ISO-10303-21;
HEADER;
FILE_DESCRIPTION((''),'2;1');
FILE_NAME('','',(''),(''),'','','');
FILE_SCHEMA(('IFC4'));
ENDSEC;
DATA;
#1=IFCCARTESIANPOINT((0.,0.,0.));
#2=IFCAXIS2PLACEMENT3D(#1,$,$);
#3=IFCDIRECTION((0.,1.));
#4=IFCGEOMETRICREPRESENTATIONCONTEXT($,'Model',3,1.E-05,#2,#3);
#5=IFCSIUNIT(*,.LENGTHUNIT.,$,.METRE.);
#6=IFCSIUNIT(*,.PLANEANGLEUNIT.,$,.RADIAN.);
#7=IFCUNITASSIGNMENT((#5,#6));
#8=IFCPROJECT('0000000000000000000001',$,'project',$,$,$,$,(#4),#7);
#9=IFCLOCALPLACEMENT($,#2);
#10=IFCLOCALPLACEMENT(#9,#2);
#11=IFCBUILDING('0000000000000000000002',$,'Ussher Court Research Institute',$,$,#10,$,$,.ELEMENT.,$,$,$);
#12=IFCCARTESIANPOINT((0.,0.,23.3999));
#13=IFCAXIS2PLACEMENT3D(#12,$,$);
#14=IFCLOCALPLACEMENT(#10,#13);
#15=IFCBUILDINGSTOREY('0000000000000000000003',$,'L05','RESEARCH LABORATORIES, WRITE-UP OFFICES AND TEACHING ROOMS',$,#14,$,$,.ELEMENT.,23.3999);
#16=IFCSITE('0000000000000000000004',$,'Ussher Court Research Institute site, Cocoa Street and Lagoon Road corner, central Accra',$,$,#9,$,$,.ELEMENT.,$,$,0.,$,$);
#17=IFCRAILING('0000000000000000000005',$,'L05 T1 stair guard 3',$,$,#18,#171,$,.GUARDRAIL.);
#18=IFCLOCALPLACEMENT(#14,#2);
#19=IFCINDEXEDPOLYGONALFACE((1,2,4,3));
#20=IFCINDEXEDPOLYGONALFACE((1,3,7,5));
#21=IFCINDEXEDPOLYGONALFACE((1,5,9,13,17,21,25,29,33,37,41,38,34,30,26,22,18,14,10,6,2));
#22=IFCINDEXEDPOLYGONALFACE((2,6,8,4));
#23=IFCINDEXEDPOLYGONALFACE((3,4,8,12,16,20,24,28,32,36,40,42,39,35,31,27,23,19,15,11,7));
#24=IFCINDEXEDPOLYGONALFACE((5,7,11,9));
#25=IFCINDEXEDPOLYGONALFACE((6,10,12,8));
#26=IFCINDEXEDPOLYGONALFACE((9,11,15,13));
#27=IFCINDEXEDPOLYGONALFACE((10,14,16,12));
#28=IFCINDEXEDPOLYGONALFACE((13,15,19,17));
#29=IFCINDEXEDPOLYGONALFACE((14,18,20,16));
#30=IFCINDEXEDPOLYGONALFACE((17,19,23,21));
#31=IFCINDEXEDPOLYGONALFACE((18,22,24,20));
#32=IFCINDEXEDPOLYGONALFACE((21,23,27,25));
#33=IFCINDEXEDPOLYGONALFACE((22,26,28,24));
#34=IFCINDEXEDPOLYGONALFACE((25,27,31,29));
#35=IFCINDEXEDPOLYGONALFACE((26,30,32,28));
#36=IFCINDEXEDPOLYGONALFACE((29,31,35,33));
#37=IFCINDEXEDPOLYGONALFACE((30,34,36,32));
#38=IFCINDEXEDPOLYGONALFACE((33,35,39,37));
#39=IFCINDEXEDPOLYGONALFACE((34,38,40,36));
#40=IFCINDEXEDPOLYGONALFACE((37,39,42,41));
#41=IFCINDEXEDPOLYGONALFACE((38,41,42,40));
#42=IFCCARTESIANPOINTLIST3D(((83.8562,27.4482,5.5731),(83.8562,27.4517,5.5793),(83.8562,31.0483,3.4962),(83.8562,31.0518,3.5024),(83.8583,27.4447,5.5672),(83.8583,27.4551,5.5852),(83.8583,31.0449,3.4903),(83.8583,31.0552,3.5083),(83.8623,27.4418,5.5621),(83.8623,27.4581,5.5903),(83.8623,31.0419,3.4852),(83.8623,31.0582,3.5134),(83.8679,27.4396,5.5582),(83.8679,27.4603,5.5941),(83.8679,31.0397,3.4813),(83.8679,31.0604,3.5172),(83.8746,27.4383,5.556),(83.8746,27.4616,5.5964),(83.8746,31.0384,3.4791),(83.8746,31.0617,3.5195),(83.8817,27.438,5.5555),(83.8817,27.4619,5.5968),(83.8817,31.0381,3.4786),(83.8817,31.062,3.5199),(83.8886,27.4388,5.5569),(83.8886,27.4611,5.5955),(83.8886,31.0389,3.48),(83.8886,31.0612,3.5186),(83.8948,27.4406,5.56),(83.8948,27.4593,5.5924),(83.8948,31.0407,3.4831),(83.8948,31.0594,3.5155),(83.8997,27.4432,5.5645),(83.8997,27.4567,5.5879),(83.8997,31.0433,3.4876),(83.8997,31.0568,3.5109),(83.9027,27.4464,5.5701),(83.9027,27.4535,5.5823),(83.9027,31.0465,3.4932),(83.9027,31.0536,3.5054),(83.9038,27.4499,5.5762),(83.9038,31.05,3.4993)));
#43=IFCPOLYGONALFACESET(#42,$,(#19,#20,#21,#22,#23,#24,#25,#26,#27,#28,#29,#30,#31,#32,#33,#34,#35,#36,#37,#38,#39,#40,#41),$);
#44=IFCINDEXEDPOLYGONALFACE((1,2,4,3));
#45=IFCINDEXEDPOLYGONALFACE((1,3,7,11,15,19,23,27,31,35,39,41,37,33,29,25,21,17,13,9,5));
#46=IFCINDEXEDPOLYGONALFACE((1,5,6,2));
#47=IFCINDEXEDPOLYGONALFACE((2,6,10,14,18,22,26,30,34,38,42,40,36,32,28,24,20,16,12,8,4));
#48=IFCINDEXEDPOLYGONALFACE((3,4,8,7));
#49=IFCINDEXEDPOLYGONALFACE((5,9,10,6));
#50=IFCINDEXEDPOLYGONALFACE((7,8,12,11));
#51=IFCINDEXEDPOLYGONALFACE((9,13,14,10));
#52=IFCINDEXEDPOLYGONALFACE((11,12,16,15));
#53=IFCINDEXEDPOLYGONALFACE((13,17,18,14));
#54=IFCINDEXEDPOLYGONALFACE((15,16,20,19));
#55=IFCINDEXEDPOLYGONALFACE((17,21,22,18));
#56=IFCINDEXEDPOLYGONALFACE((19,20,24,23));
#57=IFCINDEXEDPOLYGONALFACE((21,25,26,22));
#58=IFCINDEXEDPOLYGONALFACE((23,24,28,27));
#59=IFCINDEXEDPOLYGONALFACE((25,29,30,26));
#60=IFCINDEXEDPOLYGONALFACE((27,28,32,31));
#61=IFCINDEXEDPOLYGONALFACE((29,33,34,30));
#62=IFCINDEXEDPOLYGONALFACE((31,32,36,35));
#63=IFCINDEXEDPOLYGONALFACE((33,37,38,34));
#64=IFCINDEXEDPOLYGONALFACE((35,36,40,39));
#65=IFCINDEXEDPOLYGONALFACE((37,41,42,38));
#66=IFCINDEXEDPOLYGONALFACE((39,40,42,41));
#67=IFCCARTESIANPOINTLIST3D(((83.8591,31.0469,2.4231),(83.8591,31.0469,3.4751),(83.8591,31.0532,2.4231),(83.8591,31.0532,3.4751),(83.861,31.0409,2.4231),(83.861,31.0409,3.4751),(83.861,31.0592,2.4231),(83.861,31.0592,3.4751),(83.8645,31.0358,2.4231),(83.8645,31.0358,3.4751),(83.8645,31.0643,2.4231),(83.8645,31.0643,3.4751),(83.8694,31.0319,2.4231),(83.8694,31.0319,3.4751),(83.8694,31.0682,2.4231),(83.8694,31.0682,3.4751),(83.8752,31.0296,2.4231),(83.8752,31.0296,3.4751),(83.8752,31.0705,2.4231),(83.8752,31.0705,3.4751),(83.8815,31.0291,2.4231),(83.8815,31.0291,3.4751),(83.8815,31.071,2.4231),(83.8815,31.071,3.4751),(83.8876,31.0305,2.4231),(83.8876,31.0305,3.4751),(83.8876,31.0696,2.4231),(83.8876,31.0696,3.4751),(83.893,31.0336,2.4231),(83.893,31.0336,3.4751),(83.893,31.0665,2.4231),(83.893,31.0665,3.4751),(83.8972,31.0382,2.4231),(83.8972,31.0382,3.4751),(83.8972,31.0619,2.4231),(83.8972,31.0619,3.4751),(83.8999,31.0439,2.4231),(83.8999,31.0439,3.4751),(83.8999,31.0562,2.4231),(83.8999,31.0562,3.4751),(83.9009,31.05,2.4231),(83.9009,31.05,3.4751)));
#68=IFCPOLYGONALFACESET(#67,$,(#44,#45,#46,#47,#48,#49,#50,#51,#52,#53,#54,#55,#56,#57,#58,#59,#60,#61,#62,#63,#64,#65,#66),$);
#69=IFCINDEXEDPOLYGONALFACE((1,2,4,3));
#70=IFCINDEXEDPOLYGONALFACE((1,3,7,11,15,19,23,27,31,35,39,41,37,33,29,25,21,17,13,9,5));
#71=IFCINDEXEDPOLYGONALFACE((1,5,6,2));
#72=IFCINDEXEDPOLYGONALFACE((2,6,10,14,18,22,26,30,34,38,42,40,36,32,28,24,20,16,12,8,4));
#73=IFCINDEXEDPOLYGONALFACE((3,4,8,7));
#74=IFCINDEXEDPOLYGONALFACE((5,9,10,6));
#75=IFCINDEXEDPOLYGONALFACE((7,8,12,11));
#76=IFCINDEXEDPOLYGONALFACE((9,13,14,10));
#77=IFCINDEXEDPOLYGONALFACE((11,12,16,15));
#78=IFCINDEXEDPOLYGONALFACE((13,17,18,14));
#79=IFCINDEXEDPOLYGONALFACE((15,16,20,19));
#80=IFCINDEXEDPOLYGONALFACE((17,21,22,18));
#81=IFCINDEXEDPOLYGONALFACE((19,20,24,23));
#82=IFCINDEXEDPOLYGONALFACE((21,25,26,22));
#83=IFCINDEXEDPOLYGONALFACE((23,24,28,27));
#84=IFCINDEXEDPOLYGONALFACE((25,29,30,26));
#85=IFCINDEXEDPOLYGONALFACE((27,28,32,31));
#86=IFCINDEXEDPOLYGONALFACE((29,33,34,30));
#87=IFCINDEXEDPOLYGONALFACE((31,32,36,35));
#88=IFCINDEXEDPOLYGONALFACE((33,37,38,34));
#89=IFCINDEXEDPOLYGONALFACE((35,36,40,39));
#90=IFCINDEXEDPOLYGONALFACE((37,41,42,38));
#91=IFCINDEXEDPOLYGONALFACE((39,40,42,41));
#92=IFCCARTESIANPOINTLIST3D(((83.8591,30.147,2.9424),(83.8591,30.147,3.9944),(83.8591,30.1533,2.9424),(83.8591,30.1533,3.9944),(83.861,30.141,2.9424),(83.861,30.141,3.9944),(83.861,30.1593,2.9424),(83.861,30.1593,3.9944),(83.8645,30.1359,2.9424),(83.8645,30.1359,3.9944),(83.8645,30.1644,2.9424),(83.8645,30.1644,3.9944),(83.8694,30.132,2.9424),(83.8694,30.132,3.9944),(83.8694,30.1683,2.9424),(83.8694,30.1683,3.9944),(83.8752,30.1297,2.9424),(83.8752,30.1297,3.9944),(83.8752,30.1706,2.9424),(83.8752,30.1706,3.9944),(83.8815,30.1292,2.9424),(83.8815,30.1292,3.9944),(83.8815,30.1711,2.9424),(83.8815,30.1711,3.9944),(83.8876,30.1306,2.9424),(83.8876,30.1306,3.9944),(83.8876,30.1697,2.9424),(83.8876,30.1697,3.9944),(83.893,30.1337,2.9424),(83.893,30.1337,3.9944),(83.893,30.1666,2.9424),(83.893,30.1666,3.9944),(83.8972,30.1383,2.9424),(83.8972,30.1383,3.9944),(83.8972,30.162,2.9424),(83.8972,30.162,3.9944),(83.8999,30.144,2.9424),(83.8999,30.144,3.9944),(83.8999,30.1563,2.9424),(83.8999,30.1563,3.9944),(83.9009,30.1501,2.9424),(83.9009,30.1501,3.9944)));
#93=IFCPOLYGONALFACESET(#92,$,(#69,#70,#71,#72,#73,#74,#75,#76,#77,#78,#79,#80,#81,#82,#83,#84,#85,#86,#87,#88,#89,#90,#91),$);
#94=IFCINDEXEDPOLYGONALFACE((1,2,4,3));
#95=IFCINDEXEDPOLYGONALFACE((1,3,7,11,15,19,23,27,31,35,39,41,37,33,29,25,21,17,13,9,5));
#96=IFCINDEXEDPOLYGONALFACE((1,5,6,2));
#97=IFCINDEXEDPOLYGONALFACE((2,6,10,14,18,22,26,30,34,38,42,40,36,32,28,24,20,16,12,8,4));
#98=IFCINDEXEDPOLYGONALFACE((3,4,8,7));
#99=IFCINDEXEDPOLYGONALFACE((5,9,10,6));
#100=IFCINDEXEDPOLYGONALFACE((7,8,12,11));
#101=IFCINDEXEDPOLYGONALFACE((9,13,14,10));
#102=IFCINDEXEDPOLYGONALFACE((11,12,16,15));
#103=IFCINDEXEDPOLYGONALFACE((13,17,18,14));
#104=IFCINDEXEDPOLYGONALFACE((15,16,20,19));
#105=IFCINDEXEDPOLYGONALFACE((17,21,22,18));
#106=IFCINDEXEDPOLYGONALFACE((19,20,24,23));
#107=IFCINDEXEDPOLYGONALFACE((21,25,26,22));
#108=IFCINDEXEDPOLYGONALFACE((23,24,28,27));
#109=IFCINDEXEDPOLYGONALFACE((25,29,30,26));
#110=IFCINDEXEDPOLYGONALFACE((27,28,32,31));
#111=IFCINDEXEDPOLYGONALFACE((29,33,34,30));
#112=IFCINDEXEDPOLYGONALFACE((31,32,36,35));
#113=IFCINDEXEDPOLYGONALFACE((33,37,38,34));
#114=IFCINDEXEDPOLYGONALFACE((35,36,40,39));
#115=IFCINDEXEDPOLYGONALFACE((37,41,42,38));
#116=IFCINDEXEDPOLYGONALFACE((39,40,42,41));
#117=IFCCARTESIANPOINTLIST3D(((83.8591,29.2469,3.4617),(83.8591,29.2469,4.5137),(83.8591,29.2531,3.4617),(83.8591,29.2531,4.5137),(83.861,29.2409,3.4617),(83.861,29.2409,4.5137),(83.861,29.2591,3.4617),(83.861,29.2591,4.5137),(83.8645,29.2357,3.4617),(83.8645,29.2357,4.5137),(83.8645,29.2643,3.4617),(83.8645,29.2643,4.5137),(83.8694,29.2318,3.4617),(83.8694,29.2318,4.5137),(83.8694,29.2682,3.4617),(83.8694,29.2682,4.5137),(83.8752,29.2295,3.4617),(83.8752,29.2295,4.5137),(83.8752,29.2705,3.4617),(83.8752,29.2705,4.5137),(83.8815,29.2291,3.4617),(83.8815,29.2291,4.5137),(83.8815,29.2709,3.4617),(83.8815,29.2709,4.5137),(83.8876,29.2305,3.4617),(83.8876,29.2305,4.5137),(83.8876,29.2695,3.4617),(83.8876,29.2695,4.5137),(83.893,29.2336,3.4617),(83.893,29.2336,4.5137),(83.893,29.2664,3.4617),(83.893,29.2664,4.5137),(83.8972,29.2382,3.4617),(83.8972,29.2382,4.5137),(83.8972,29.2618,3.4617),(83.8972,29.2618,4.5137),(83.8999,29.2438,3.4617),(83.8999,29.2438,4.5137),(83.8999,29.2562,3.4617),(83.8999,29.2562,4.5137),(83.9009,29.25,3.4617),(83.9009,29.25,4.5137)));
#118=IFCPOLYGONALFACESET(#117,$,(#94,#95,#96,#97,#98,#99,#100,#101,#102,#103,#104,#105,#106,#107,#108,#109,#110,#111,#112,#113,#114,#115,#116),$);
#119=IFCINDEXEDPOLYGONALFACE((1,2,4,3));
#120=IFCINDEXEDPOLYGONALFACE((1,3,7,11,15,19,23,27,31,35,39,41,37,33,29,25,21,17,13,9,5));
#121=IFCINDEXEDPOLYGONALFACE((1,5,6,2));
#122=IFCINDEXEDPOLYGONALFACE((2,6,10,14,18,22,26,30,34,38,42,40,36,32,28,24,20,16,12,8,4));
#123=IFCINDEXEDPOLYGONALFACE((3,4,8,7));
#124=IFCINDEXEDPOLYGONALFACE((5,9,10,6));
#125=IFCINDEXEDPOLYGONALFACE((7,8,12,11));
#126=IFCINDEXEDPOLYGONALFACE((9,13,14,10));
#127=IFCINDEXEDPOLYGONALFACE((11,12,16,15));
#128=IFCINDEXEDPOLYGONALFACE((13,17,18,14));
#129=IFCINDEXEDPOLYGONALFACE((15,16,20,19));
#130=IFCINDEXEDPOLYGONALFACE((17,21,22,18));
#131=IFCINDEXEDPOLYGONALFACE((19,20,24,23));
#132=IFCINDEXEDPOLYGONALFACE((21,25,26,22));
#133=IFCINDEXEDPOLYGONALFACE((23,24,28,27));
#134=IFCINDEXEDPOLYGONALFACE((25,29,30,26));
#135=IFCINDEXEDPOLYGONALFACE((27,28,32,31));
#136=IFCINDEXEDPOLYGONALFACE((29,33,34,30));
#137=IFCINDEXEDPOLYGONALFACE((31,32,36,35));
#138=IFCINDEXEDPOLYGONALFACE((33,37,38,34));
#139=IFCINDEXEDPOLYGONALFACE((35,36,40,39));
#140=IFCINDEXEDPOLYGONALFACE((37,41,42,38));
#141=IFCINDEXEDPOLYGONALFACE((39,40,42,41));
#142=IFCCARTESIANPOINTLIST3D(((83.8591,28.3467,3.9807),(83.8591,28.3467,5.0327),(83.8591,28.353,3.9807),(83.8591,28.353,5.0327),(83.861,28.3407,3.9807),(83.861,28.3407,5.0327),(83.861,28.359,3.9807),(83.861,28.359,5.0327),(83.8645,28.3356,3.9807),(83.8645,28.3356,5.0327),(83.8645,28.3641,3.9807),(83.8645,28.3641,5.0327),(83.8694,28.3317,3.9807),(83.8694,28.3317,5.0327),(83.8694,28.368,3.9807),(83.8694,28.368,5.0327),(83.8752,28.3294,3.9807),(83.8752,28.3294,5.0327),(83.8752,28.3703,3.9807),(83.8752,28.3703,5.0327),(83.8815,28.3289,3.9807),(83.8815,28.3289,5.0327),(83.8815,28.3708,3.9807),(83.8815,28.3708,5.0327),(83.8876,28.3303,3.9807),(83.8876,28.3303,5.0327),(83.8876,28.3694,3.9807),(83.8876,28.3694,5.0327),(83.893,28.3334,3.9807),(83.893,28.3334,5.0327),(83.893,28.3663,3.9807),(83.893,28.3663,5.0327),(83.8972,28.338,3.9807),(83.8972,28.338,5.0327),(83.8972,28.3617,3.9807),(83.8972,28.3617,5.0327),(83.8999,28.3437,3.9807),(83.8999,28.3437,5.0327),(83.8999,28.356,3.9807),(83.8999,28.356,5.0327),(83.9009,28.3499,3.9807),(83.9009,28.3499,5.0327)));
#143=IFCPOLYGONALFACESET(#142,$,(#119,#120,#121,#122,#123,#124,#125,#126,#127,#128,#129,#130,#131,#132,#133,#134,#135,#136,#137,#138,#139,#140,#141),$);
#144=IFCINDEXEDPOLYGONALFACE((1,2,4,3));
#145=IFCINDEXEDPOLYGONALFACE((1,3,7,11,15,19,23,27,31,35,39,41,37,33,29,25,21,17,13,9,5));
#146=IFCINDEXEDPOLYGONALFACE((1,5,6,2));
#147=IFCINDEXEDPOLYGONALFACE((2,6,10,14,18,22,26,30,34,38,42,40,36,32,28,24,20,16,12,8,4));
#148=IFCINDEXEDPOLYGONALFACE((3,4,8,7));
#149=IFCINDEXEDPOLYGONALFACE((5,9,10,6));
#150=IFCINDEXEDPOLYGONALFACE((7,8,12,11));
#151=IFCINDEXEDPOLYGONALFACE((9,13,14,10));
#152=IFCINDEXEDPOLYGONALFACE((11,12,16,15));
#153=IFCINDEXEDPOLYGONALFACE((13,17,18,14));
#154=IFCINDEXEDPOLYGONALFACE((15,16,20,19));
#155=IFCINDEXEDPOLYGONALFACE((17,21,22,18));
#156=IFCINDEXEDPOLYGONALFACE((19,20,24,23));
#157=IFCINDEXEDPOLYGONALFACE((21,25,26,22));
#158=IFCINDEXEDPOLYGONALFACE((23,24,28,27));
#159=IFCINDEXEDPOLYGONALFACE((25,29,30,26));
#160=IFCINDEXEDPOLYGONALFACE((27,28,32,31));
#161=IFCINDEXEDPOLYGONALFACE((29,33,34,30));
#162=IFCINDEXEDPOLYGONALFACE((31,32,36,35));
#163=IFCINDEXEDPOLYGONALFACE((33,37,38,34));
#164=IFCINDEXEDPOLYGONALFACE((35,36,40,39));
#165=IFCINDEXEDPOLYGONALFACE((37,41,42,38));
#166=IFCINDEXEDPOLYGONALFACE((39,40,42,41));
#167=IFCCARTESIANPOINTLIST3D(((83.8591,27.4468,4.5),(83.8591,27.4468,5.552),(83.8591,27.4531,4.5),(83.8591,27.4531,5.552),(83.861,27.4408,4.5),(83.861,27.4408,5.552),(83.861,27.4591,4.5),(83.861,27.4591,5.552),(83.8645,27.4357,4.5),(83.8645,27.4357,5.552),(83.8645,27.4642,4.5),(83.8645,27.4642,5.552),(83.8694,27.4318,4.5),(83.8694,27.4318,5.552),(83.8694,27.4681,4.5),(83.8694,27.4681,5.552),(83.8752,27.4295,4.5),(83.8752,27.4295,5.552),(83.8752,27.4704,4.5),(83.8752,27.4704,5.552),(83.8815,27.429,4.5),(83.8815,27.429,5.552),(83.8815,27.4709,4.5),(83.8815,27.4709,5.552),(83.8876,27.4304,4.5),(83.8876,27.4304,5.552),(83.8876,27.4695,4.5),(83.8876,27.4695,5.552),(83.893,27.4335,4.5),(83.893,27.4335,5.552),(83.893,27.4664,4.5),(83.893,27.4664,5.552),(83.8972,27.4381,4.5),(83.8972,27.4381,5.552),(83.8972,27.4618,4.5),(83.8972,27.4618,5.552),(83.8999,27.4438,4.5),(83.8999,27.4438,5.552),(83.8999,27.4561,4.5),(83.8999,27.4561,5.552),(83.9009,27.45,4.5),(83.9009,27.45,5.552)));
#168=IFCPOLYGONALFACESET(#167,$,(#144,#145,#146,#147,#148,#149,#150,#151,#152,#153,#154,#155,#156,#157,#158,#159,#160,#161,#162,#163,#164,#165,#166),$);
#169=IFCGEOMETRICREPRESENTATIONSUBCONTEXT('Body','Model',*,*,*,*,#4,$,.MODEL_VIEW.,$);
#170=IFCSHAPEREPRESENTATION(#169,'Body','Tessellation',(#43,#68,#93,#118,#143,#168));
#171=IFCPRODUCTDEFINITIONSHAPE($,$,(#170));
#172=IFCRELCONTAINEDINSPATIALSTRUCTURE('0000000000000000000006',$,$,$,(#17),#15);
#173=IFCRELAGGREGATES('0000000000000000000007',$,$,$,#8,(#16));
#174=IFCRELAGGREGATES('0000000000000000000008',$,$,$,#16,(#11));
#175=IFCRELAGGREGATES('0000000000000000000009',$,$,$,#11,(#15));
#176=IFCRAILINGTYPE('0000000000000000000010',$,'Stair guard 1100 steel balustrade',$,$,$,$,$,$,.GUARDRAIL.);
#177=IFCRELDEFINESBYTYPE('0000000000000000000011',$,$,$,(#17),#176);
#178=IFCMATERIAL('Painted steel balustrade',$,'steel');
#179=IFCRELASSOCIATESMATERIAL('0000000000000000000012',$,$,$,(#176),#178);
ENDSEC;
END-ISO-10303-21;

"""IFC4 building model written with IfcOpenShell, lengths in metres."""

from ifc_helpers import new_model, si_unit, direction, frame, origin, origin_2d, place, context, subcontext, project, spatial, circle, extrude, material, type_object, element, save


model = new_model("IFC4")

# Units and contexts
model_context = context("Model", 3, precision=1e-05, world=origin(), true_north=direction((0.0, 1.0)))
body_context = subcontext(model_context, "Body", "Model", "MODEL_VIEW")
ifc_project = project(units=[si_unit("LENGTHUNIT", "METRE"), si_unit("PLANEANGLEUNIT", "RADIAN")], contexts=[model_context])

# Site, building, storey
site_placement = place(None, origin())
site = spatial("IfcSite", under=ifc_project, at=site_placement, Name="Ussher Court Research Institute site, Cocoa Street and Lagoon Road corner, central Accra", CompositionType="ELEMENT", RefElevation=0.0)
building_placement = place(site_placement, origin())
building = spatial("IfcBuilding", under=site, at=building_placement, Name="Ussher Court Research Institute", CompositionType="ELEMENT")
storey_placement = place(building_placement, frame((0.0, 0.0, 23.3999)))
storey = spatial("IfcBuildingStorey", under=building, at=storey_placement, Name="L05", Description="RESEARCH LABORATORIES, WRITE-UP OFFICES AND TEACHING ROOMS", CompositionType="ELEMENT", Elevation=23.3999)

# Railing
ifc_material_1 = material(Name="Painted steel balustrade", Category="steel")
railing_type_1 = type_object("IfcRailingType", Name="Stair guard 1100 steel balustrade", PredefinedType="GUARDRAIL", material=ifc_material_1)
railing_1_placement = place(storey_placement, frame((83.8799, 31.05, 2.4231)))
element("IfcRailing", 1, at=railing_1_placement, inside=storey, type_object=railing_type_1, Name="L05 T1 stair guard 3", PredefinedType="GUARDRAIL", context=body_context, shape_type="SweptSolid", body=[
    extrude(circle(Radius=0.0239, at=origin_2d()), frame((0.0, 0.0, 1.0762), z_axis=(0.0, -0.866193, 0.499709), x_axis=(1.0, 0.0, 0.0)), (0.0, 0.0, 1.0), 4.1562),
    extrude(circle(Radius=0.021, at=origin_2d()), origin(), (0.0, 0.0, 1.0), 1.052),
    extrude(circle(Radius=0.021, at=origin_2d()), frame((0.0, -0.8999, 0.5193)), (0.0, 0.0, 1.0), 1.052),
    extrude(circle(Radius=0.021, at=origin_2d()), frame((0.0, -1.8, 1.0386)), (0.0, 0.0, 1.0), 1.052),
    extrude(circle(Radius=0.021, at=origin_2d()), frame((0.0, -2.7002, 1.5576)), (0.0, 0.0, 1.0), 1.052),
    extrude(circle(Radius=0.021, at=origin_2d()), frame((0.0, -3.6001, 2.0769)), (0.0, 0.0, 1.0), 1.052),
])

save(model, "model.ifc")
